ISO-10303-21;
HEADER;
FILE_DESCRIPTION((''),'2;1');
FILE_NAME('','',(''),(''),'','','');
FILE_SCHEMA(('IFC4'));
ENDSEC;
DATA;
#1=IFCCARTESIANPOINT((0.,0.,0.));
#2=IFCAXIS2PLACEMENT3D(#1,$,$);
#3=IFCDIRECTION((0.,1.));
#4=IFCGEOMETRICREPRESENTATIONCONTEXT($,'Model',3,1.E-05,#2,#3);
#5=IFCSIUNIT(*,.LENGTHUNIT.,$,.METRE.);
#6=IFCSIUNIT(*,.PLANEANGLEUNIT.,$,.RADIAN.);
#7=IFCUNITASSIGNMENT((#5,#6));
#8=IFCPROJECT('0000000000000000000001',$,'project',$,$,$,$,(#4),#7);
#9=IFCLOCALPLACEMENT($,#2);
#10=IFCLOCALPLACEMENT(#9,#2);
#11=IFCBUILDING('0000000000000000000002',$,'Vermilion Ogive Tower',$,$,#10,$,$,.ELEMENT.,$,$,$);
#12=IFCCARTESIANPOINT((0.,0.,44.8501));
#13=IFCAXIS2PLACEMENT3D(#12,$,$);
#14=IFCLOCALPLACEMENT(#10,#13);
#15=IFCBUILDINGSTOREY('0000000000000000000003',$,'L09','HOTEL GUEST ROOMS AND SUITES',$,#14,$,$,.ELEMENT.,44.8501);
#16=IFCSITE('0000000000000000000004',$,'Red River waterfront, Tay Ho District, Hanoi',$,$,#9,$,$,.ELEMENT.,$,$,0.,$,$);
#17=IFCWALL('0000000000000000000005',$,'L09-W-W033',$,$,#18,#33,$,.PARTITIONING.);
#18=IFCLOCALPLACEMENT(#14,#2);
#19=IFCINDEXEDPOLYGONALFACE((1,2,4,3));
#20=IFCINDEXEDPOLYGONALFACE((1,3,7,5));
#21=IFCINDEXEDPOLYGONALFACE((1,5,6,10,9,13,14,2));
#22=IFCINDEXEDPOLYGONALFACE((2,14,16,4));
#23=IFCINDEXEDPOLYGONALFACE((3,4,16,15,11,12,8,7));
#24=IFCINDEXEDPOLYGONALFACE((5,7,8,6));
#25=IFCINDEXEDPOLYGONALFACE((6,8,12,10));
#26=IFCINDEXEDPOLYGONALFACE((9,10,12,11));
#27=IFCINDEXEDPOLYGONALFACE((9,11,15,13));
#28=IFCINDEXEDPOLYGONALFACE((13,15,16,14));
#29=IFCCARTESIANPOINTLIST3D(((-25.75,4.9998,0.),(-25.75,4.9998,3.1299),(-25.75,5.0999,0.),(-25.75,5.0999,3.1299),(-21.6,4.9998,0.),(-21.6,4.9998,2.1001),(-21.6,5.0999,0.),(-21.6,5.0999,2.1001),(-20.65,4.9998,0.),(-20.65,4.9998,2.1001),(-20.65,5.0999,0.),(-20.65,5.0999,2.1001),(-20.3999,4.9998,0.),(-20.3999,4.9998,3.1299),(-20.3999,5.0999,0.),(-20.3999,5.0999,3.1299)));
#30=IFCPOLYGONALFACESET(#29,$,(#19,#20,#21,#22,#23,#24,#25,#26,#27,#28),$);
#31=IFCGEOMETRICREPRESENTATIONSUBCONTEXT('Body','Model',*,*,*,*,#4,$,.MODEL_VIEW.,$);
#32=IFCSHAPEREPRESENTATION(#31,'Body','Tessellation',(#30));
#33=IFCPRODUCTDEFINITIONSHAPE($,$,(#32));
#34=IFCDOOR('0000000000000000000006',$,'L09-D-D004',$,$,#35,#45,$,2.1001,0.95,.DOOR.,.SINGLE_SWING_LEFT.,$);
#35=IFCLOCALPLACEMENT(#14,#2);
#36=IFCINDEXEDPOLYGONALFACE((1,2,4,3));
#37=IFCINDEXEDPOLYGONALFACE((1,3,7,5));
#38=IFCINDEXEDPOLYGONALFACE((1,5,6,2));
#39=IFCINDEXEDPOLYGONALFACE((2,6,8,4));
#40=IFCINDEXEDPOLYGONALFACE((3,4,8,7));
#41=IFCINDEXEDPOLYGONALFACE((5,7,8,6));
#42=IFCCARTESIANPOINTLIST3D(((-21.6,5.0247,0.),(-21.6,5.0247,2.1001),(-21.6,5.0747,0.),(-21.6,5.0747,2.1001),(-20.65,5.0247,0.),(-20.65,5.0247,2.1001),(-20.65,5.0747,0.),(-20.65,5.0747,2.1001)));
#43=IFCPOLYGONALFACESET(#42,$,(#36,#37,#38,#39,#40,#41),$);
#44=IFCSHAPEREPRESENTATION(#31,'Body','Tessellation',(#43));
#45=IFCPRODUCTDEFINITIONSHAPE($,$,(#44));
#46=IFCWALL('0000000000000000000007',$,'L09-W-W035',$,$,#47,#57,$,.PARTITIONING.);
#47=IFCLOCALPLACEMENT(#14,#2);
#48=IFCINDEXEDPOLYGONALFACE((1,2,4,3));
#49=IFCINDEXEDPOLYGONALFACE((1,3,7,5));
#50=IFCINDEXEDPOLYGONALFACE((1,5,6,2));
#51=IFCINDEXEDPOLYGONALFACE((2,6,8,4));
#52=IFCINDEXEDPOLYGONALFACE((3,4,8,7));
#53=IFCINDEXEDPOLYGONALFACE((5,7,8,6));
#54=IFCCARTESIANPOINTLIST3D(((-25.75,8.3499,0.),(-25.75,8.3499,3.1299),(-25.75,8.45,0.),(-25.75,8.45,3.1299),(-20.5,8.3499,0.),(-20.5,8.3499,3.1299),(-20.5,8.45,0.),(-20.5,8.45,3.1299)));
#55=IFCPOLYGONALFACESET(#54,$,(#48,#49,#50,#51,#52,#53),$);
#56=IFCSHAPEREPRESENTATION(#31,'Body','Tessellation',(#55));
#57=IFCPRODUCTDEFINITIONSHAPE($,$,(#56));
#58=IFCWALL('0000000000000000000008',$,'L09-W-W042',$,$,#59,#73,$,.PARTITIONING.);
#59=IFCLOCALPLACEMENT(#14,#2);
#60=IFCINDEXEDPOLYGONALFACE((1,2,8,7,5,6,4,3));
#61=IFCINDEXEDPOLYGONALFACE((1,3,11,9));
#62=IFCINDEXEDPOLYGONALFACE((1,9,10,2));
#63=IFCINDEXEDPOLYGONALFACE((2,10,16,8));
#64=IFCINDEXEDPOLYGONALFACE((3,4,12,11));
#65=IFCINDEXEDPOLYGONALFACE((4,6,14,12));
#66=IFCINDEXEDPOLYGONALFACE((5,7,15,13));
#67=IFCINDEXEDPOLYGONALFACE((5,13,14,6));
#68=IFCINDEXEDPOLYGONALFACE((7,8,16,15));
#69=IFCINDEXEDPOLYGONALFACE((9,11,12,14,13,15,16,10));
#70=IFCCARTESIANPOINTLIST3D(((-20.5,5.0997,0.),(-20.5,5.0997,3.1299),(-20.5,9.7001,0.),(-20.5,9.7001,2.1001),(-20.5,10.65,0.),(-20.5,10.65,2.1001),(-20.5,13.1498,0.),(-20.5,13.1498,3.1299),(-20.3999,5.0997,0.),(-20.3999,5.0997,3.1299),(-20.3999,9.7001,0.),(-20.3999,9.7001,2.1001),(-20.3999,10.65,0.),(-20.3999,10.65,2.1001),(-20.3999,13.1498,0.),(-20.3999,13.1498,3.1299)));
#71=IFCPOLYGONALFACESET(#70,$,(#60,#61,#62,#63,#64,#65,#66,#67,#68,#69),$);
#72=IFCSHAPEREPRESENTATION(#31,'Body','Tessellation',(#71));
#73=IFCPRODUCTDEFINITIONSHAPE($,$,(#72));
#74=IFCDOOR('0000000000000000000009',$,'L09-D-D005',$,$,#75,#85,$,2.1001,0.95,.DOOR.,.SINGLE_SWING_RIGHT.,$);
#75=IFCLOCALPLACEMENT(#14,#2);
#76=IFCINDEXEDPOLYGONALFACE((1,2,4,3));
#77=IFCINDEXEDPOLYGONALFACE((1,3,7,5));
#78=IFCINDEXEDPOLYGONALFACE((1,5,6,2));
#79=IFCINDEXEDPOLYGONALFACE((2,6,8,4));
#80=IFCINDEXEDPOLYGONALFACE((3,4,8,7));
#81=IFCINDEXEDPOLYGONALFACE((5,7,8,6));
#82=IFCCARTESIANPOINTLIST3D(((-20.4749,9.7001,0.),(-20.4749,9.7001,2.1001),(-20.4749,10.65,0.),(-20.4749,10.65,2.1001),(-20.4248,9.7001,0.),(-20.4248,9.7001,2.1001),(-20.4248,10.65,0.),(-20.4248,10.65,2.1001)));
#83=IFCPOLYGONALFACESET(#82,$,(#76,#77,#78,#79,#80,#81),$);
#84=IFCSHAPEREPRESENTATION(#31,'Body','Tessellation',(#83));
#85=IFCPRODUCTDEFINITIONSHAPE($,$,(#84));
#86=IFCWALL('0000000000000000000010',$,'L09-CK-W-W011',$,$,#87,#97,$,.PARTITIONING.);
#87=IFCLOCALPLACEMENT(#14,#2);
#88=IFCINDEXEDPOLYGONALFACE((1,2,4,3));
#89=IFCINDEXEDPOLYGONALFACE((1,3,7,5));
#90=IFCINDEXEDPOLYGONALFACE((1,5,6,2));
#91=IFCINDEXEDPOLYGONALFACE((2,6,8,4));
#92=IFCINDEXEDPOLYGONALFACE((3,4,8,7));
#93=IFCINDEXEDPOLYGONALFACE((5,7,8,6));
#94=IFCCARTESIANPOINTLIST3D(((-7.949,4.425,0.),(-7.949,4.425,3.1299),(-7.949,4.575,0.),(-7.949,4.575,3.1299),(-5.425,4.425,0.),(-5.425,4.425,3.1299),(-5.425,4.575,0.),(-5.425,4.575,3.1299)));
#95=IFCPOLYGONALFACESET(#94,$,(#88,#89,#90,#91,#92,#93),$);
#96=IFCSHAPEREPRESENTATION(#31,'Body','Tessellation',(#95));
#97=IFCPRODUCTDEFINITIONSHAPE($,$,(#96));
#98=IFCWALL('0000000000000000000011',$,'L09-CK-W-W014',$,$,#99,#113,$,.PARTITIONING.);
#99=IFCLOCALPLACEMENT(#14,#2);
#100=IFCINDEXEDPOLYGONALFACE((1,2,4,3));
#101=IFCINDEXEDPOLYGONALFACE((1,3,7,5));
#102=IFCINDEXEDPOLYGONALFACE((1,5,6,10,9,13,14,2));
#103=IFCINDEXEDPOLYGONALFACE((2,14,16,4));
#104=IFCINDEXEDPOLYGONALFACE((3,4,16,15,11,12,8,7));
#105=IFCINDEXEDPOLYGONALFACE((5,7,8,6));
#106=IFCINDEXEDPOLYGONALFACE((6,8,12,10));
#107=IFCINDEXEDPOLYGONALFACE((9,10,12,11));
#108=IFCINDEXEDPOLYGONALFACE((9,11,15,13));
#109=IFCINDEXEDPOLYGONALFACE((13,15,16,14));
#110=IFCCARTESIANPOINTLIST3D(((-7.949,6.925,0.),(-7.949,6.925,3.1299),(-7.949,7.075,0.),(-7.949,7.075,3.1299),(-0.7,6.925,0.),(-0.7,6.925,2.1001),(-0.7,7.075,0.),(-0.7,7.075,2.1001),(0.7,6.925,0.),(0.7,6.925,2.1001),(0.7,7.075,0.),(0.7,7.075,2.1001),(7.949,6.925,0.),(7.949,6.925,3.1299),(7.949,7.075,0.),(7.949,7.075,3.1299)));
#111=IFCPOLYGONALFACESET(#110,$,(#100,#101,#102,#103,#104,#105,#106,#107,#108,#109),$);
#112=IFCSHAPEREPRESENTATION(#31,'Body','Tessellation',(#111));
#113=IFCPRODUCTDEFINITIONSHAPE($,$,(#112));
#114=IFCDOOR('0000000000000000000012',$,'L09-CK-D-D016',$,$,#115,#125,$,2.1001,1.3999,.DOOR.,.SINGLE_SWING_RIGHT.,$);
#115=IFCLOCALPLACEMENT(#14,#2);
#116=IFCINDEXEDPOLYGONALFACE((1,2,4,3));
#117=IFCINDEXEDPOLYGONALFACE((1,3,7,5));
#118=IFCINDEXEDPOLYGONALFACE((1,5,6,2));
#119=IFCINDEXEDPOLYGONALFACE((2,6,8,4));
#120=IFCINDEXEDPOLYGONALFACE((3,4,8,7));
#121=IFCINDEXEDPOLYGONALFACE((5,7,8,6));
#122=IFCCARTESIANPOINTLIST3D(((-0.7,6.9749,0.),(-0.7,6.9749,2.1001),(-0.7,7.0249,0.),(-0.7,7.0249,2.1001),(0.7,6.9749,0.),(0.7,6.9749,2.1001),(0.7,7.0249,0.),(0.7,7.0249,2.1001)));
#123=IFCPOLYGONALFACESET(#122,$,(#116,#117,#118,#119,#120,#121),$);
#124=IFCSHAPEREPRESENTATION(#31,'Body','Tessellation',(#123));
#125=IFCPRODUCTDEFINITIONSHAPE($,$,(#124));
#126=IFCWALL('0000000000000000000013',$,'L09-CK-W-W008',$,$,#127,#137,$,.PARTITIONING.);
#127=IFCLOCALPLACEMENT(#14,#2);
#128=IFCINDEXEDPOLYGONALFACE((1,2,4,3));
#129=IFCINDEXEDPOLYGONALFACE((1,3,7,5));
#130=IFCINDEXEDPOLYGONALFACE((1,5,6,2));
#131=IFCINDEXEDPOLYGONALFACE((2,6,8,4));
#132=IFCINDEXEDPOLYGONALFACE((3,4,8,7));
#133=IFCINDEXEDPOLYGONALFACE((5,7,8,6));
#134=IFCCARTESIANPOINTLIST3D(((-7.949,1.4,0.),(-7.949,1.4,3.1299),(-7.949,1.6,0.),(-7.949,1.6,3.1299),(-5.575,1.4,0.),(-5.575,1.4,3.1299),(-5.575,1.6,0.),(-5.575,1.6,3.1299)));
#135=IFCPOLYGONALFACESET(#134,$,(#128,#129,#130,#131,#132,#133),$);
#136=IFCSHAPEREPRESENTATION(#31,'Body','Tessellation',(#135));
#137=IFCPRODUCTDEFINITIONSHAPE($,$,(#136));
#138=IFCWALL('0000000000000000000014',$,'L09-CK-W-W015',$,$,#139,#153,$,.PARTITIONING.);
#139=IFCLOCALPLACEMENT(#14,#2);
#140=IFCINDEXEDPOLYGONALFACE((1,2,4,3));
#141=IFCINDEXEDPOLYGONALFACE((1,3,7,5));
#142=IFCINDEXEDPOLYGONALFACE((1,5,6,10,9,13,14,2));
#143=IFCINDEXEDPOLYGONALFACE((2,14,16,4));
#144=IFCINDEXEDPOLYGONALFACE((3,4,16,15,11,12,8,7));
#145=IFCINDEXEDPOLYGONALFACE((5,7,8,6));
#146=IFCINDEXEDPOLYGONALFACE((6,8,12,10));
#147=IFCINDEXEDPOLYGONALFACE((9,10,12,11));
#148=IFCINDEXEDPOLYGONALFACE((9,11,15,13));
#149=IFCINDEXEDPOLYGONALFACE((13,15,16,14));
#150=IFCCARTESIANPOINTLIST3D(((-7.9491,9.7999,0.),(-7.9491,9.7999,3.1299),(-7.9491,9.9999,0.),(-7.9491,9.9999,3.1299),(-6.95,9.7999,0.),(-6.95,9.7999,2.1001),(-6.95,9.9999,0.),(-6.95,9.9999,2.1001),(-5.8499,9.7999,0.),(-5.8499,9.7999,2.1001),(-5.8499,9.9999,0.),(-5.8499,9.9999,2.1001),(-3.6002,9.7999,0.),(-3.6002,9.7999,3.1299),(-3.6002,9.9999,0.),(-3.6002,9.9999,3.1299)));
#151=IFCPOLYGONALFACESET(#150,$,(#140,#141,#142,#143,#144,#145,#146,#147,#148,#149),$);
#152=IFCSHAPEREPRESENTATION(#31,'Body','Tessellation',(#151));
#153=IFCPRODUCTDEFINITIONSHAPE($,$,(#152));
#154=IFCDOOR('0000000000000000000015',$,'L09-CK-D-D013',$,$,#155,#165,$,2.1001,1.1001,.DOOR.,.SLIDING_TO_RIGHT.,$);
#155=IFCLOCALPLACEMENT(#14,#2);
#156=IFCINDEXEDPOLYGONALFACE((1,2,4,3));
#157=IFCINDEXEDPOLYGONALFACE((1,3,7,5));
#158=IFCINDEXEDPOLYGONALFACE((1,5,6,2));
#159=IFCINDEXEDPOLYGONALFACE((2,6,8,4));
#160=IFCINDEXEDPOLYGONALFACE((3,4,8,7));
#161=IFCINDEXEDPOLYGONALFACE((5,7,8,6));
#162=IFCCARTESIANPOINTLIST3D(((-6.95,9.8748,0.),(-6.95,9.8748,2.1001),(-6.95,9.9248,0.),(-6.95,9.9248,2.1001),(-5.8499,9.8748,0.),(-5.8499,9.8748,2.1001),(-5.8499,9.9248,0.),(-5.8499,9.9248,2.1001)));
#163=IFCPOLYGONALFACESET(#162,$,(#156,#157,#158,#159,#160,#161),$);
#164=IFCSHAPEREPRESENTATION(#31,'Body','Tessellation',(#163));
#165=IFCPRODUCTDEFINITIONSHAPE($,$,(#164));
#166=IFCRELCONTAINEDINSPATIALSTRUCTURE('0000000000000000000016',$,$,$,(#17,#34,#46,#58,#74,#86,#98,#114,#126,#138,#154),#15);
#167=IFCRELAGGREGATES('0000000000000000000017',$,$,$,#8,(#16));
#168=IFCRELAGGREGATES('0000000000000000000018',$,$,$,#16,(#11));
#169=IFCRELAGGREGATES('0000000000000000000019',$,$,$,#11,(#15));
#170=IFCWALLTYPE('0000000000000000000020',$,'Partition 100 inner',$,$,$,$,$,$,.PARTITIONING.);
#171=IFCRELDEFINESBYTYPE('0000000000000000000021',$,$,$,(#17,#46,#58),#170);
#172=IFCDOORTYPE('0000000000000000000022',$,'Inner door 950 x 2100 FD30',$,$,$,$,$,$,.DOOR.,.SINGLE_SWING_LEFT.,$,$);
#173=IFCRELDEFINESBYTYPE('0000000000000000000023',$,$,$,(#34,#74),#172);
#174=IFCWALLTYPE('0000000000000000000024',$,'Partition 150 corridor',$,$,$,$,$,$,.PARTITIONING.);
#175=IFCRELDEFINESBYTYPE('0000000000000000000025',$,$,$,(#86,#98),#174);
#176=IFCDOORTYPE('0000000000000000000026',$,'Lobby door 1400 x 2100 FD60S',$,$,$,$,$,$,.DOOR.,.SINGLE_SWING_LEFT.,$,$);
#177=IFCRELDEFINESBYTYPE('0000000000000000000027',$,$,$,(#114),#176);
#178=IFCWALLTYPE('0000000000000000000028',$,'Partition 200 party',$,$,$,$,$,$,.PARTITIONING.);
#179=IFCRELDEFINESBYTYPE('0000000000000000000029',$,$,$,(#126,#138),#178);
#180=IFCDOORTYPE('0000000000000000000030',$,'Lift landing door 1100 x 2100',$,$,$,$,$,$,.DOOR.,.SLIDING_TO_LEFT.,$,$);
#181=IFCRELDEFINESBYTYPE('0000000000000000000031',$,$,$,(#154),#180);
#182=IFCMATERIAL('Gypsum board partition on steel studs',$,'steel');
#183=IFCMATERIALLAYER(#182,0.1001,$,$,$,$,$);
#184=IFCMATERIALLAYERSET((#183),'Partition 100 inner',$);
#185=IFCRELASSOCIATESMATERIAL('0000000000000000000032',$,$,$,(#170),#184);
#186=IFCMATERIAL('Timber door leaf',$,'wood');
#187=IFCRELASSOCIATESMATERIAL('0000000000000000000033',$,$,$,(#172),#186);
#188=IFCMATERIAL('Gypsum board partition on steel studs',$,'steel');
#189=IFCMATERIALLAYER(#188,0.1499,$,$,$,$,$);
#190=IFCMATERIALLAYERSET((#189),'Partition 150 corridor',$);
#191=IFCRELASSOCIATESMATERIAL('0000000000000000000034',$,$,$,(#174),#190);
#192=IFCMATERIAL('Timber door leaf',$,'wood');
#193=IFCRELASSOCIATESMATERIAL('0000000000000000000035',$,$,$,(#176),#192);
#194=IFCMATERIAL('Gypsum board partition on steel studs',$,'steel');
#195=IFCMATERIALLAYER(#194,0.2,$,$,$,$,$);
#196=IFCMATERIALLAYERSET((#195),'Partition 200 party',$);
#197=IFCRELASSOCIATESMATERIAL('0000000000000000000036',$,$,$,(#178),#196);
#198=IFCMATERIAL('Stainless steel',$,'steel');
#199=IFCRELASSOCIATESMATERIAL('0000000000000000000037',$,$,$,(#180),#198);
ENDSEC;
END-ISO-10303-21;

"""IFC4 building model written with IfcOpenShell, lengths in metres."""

from ifc_helpers import new_model, si_unit, direction, frame, frame_2d, origin, place, context, subcontext, project, spatial, rectangle, extrude, material, layer, layer_set, type_object, element, fill, save


model = new_model("IFC4")

# Units and contexts
model_context = context("Model", 3, precision=1e-05, world=origin(), true_north=direction((0.0, 1.0)))
body_context = subcontext(model_context, "Body", "Model", "MODEL_VIEW")
ifc_project = project(units=[si_unit("LENGTHUNIT", "METRE"), si_unit("PLANEANGLEUNIT", "RADIAN")], contexts=[model_context])

# Site, building, storey
site_placement = place(None, origin())
site = spatial("IfcSite", under=ifc_project, at=site_placement, Name="Red River waterfront, Tay Ho District, Hanoi", CompositionType="ELEMENT", RefElevation=0.0)
building_placement = place(site_placement, origin())
building = spatial("IfcBuilding", under=site, at=building_placement, Name="Vermilion Ogive Tower", CompositionType="ELEMENT")
storey_placement = place(building_placement, frame((0.0, 0.0, 44.8501)))
storey = spatial("IfcBuildingStorey", under=building, at=storey_placement, Name="L09", Description="HOTEL GUEST ROOMS AND SUITES", CompositionType="ELEMENT", Elevation=44.8501)

# Wall, opening, door
ifc_material_1 = material(Name="Gypsum board partition on steel studs", Category="steel")
ifc_layer_1 = layer(ifc_material_1, 0.1001)
ifc_layer_set_1 = layer_set([ifc_layer_1], Name="Partition 100 inner")
wall_type_1 = type_object("IfcWallType", Name="Partition 100 inner", PredefinedType="PARTITIONING", material=ifc_layer_set_1)
ifc_material_2 = material(Name="Timber door leaf", Category="wood")
door_type_1 = type_object("IfcDoorType", Name="Inner door 950 x 2100 FD30", OperationType="SINGLE_SWING_LEFT", PredefinedType="DOOR", material=ifc_material_2)
wall_1_placement = place(storey_placement, frame((-25.75, 5.0498, 0.0), z_axis=(0.0, 0.0, 1.0), x_axis=(1.0, 0.0, 0.0)))
wall_1 = element("IfcWall", 1, at=wall_1_placement, inside=storey, type_object=wall_type_1, Name="L09-W-W033", PredefinedType="PARTITIONING", context=body_context, shape_type="SweptSolid", body=[
    extrude(rectangle(XDim=5.3501, YDim=0.1001, at=frame_2d((2.675, 0.0))), origin(), (0.0, 0.0, 1.0), 3.1299),
])
opening_1_placement = place(wall_1_placement, frame((4.1499, 0.0, 0.0)))
opening_1 = element("IfcOpeningElement", 2, at=opening_1_placement, cuts=wall_1, PredefinedType="OPENING", context=body_context, shape_type="SweptSolid", body=[
    extrude(rectangle(XDim=0.95, YDim=2.1001, at=frame_2d((0.4751, 1.05))), frame((0.0, 0.0601, 0.0), z_axis=(0.0, -1.0, 0.0), x_axis=(1.0, 0.0, 0.0)), (0.0, 0.0, 1.0), 0.1201),
])
door_1_placement = place(opening_1_placement, origin())
door_1 = element("IfcDoor", 3, at=door_1_placement, inside=storey, type_object=door_type_1, Name="L09-D-D004", OperationType="SINGLE_SWING_LEFT", OverallHeight=2.1001, OverallWidth=0.95, PredefinedType="DOOR", context=body_context, shape_type="SweptSolid", body=[
    extrude(rectangle(XDim=0.95, YDim=2.1001, at=frame_2d((0.4751, 1.05))), frame((0.0, 0.0249, 0.0), z_axis=(0.0, -1.0, 0.0), x_axis=(1.0, 0.0, 0.0)), (0.0, 0.0, 1.0), 0.05),
])
fill(opening_1, door_1)

# Wall
wall_2_placement = place(storey_placement, frame((-25.75, 8.3999, 0.0), z_axis=(0.0, 0.0, 1.0), x_axis=(1.0, 0.0, 0.0)))
element("IfcWall", 4, at=wall_2_placement, inside=storey, type_object=wall_type_1, Name="L09-W-W035", PredefinedType="PARTITIONING", context=body_context, shape_type="SweptSolid", body=[
    extrude(rectangle(XDim=5.25, YDim=0.1001, at=frame_2d((2.625, 0.0))), origin(), (0.0, 0.0, 1.0), 3.1299),
])

# Wall, opening, door
wall_3_placement = place(storey_placement, frame((-20.45, 5.0999, 0.0), z_axis=(0.0, 0.0, 1.0), x_axis=(0.0, 1.0, 0.0)))
wall_3 = element("IfcWall", 5, at=wall_3_placement, inside=storey, type_object=wall_type_1, Name="L09-W-W042", PredefinedType="PARTITIONING", context=body_context, shape_type="SweptSolid", body=[
    extrude(rectangle(XDim=8.05, YDim=0.1001, at=frame_2d((4.0249, 0.0))), origin(), (0.0, 0.0, 1.0), 3.1299),
])
opening_2_placement = place(wall_3_placement, frame((4.6001, 0.0, 0.0)))
opening_2 = element("IfcOpeningElement", 6, at=opening_2_placement, cuts=wall_3, PredefinedType="OPENING", context=body_context, shape_type="SweptSolid", body=[
    extrude(rectangle(XDim=0.95, YDim=2.1001, at=frame_2d((0.4751, 1.05))), frame((0.0, 0.0601, 0.0), z_axis=(0.0, -1.0, 0.0), x_axis=(1.0, 0.0, 0.0)), (0.0, 0.0, 1.0), 0.1201),
])
door_2_placement = place(opening_2_placement, origin())
door_2 = element("IfcDoor", 7, at=door_2_placement, inside=storey, type_object=door_type_1, Name="L09-D-D005", OperationType="SINGLE_SWING_RIGHT", OverallHeight=2.1001, OverallWidth=0.95, PredefinedType="DOOR", context=body_context, shape_type="SweptSolid", body=[
    extrude(rectangle(XDim=0.95, YDim=2.1001, at=frame_2d((0.4751, 1.05))), frame((0.0, 0.0249, 0.0), z_axis=(0.0, -1.0, 0.0), x_axis=(1.0, 0.0, 0.0)), (0.0, 0.0, 1.0), 0.05),
])
fill(opening_2, door_2)

# Wall
ifc_material_3 = material(Name="Gypsum board partition on steel studs", Category="steel")
ifc_layer_2 = layer(ifc_material_3, 0.1499)
ifc_layer_set_2 = layer_set([ifc_layer_2], Name="Partition 150 corridor")
wall_type_2 = type_object("IfcWallType", Name="Partition 150 corridor", PredefinedType="PARTITIONING", material=ifc_layer_set_2)
wall_4_placement = place(storey_placement, frame((-7.949, 4.5, 0.0), z_axis=(0.0, 0.0, 1.0), x_axis=(1.0, 0.0, 0.0)))
element("IfcWall", 8, at=wall_4_placement, inside=storey, type_object=wall_type_2, Name="L09-CK-W-W011", PredefinedType="PARTITIONING", context=body_context, shape_type="SweptSolid", body=[
    extrude(rectangle(XDim=2.5239, YDim=0.1499, at=frame_2d((1.262, 0.0))), origin(), (0.0, 0.0, 1.0), 3.1299),
])

# Wall, opening, door
wall_5_placement = place(storey_placement, frame((-7.949, 7.0, 0.0), z_axis=(0.0, 0.0, 1.0), x_axis=(1.0, 0.0, 0.0)))
wall_5 = element("IfcWall", 9, at=wall_5_placement, inside=storey, type_object=wall_type_2, Name="L09-CK-W-W014", PredefinedType="PARTITIONING", context=body_context, shape_type="SweptSolid", body=[
    extrude(rectangle(XDim=15.8979, YDim=0.1499, at=frame_2d((7.949, 0.0))), origin(), (0.0, 0.0, 1.0), 3.1299),
])
opening_3_placement = place(wall_5_placement, frame((7.249, 0.0, 0.0)))
opening_3 = element("IfcOpeningElement", 10, at=opening_3_placement, cuts=wall_5, PredefinedType="OPENING", context=body_context, shape_type="SweptSolid", body=[
    extrude(rectangle(XDim=1.3999, YDim=2.1001, at=frame_2d((0.7, 1.05))), frame((0.0, 0.085, 0.0), z_axis=(0.0, -1.0, 0.0), x_axis=(1.0, 0.0, 0.0)), (0.0, 0.0, 1.0), 0.1699),
])
ifc_material_4 = material(Name="Timber door leaf", Category="wood")
door_type_2 = type_object("IfcDoorType", Name="Lobby door 1400 x 2100 FD60S", OperationType="SINGLE_SWING_LEFT", PredefinedType="DOOR", material=ifc_material_4)
door_3_placement = place(opening_3_placement, origin())
door_3 = element("IfcDoor", 11, at=door_3_placement, inside=storey, type_object=door_type_2, Name="L09-CK-D-D016", OperationType="SINGLE_SWING_RIGHT", OverallHeight=2.1001, OverallWidth=1.3999, PredefinedType="DOOR", context=body_context, shape_type="SweptSolid", body=[
    extrude(rectangle(XDim=1.3999, YDim=2.1001, at=frame_2d((0.7, 1.05))), frame((0.0, 0.0249, 0.0), z_axis=(0.0, -1.0, 0.0), x_axis=(1.0, 0.0, 0.0)), (0.0, 0.0, 1.0), 0.05),
])
fill(opening_3, door_3)

# Wall
ifc_material_5 = material(Name="Gypsum board partition on steel studs", Category="steel")
ifc_layer_3 = layer(ifc_material_5, 0.2)
ifc_layer_set_3 = layer_set([ifc_layer_3], Name="Partition 200 party")
wall_type_3 = type_object("IfcWallType", Name="Partition 200 party", PredefinedType="PARTITIONING", material=ifc_layer_set_3)
wall_6_placement = place(storey_placement, frame((-7.949, 1.5, 0.0), z_axis=(0.0, 0.0, 1.0), x_axis=(1.0, 0.0, 0.0)))
element("IfcWall", 12, at=wall_6_placement, inside=storey, type_object=wall_type_3, Name="L09-CK-W-W008", PredefinedType="PARTITIONING", context=body_context, shape_type="SweptSolid", body=[
    extrude(rectangle(XDim=2.374, YDim=0.2, at=frame_2d((1.187, 0.0))), origin(), (0.0, 0.0, 1.0), 3.1299),
])

# Wall, opening, door
wall_7_placement = place(storey_placement, frame((-7.949, 9.8999, 0.0), z_axis=(0.0, 0.0, 1.0), x_axis=(1.0, 0.0, 0.0)))
wall_7 = element("IfcWall", 13, at=wall_7_placement, inside=storey, type_object=wall_type_3, Name="L09-CK-W-W015", PredefinedType="PARTITIONING", context=body_context, shape_type="SweptSolid", body=[
    extrude(rectangle(XDim=4.3489, YDim=0.2, at=frame_2d((2.1743, 0.0))), origin(), (0.0, 0.0, 1.0), 3.1299),
])
opening_4_placement = place(wall_7_placement, frame((0.999, 0.0, 0.0)))
opening_4 = element("IfcOpeningElement", 14, at=opening_4_placement, cuts=wall_7, PredefinedType="OPENING", context=body_context, shape_type="SweptSolid", body=[
    extrude(rectangle(XDim=1.1001, YDim=2.1001, at=frame_2d((0.55, 1.05))), frame((0.0, 0.1099, 0.0), z_axis=(0.0, -1.0, 0.0), x_axis=(1.0, 0.0, 0.0)), (0.0, 0.0, 1.0), 0.22),
])
ifc_material_6 = material(Name="Stainless steel", Category="steel")
door_type_3 = type_object("IfcDoorType", Name="Lift landing door 1100 x 2100", OperationType="SLIDING_TO_LEFT", PredefinedType="DOOR", material=ifc_material_6)
door_4_placement = place(opening_4_placement, origin())
door_4 = element("IfcDoor", 15, at=door_4_placement, inside=storey, type_object=door_type_3, Name="L09-CK-D-D013", OperationType="SLIDING_TO_RIGHT", OverallHeight=2.1001, OverallWidth=1.1001, PredefinedType="DOOR", context=body_context, shape_type="SweptSolid", body=[
    extrude(rectangle(XDim=1.1001, YDim=2.1001, at=frame_2d((0.55, 1.05))), frame((0.0, 0.0249, 0.0), z_axis=(0.0, -1.0, 0.0), x_axis=(1.0, 0.0, 0.0)), (0.0, 0.0, 1.0), 0.05),
])
fill(opening_4, door_4)

save(model, "model.ifc")
